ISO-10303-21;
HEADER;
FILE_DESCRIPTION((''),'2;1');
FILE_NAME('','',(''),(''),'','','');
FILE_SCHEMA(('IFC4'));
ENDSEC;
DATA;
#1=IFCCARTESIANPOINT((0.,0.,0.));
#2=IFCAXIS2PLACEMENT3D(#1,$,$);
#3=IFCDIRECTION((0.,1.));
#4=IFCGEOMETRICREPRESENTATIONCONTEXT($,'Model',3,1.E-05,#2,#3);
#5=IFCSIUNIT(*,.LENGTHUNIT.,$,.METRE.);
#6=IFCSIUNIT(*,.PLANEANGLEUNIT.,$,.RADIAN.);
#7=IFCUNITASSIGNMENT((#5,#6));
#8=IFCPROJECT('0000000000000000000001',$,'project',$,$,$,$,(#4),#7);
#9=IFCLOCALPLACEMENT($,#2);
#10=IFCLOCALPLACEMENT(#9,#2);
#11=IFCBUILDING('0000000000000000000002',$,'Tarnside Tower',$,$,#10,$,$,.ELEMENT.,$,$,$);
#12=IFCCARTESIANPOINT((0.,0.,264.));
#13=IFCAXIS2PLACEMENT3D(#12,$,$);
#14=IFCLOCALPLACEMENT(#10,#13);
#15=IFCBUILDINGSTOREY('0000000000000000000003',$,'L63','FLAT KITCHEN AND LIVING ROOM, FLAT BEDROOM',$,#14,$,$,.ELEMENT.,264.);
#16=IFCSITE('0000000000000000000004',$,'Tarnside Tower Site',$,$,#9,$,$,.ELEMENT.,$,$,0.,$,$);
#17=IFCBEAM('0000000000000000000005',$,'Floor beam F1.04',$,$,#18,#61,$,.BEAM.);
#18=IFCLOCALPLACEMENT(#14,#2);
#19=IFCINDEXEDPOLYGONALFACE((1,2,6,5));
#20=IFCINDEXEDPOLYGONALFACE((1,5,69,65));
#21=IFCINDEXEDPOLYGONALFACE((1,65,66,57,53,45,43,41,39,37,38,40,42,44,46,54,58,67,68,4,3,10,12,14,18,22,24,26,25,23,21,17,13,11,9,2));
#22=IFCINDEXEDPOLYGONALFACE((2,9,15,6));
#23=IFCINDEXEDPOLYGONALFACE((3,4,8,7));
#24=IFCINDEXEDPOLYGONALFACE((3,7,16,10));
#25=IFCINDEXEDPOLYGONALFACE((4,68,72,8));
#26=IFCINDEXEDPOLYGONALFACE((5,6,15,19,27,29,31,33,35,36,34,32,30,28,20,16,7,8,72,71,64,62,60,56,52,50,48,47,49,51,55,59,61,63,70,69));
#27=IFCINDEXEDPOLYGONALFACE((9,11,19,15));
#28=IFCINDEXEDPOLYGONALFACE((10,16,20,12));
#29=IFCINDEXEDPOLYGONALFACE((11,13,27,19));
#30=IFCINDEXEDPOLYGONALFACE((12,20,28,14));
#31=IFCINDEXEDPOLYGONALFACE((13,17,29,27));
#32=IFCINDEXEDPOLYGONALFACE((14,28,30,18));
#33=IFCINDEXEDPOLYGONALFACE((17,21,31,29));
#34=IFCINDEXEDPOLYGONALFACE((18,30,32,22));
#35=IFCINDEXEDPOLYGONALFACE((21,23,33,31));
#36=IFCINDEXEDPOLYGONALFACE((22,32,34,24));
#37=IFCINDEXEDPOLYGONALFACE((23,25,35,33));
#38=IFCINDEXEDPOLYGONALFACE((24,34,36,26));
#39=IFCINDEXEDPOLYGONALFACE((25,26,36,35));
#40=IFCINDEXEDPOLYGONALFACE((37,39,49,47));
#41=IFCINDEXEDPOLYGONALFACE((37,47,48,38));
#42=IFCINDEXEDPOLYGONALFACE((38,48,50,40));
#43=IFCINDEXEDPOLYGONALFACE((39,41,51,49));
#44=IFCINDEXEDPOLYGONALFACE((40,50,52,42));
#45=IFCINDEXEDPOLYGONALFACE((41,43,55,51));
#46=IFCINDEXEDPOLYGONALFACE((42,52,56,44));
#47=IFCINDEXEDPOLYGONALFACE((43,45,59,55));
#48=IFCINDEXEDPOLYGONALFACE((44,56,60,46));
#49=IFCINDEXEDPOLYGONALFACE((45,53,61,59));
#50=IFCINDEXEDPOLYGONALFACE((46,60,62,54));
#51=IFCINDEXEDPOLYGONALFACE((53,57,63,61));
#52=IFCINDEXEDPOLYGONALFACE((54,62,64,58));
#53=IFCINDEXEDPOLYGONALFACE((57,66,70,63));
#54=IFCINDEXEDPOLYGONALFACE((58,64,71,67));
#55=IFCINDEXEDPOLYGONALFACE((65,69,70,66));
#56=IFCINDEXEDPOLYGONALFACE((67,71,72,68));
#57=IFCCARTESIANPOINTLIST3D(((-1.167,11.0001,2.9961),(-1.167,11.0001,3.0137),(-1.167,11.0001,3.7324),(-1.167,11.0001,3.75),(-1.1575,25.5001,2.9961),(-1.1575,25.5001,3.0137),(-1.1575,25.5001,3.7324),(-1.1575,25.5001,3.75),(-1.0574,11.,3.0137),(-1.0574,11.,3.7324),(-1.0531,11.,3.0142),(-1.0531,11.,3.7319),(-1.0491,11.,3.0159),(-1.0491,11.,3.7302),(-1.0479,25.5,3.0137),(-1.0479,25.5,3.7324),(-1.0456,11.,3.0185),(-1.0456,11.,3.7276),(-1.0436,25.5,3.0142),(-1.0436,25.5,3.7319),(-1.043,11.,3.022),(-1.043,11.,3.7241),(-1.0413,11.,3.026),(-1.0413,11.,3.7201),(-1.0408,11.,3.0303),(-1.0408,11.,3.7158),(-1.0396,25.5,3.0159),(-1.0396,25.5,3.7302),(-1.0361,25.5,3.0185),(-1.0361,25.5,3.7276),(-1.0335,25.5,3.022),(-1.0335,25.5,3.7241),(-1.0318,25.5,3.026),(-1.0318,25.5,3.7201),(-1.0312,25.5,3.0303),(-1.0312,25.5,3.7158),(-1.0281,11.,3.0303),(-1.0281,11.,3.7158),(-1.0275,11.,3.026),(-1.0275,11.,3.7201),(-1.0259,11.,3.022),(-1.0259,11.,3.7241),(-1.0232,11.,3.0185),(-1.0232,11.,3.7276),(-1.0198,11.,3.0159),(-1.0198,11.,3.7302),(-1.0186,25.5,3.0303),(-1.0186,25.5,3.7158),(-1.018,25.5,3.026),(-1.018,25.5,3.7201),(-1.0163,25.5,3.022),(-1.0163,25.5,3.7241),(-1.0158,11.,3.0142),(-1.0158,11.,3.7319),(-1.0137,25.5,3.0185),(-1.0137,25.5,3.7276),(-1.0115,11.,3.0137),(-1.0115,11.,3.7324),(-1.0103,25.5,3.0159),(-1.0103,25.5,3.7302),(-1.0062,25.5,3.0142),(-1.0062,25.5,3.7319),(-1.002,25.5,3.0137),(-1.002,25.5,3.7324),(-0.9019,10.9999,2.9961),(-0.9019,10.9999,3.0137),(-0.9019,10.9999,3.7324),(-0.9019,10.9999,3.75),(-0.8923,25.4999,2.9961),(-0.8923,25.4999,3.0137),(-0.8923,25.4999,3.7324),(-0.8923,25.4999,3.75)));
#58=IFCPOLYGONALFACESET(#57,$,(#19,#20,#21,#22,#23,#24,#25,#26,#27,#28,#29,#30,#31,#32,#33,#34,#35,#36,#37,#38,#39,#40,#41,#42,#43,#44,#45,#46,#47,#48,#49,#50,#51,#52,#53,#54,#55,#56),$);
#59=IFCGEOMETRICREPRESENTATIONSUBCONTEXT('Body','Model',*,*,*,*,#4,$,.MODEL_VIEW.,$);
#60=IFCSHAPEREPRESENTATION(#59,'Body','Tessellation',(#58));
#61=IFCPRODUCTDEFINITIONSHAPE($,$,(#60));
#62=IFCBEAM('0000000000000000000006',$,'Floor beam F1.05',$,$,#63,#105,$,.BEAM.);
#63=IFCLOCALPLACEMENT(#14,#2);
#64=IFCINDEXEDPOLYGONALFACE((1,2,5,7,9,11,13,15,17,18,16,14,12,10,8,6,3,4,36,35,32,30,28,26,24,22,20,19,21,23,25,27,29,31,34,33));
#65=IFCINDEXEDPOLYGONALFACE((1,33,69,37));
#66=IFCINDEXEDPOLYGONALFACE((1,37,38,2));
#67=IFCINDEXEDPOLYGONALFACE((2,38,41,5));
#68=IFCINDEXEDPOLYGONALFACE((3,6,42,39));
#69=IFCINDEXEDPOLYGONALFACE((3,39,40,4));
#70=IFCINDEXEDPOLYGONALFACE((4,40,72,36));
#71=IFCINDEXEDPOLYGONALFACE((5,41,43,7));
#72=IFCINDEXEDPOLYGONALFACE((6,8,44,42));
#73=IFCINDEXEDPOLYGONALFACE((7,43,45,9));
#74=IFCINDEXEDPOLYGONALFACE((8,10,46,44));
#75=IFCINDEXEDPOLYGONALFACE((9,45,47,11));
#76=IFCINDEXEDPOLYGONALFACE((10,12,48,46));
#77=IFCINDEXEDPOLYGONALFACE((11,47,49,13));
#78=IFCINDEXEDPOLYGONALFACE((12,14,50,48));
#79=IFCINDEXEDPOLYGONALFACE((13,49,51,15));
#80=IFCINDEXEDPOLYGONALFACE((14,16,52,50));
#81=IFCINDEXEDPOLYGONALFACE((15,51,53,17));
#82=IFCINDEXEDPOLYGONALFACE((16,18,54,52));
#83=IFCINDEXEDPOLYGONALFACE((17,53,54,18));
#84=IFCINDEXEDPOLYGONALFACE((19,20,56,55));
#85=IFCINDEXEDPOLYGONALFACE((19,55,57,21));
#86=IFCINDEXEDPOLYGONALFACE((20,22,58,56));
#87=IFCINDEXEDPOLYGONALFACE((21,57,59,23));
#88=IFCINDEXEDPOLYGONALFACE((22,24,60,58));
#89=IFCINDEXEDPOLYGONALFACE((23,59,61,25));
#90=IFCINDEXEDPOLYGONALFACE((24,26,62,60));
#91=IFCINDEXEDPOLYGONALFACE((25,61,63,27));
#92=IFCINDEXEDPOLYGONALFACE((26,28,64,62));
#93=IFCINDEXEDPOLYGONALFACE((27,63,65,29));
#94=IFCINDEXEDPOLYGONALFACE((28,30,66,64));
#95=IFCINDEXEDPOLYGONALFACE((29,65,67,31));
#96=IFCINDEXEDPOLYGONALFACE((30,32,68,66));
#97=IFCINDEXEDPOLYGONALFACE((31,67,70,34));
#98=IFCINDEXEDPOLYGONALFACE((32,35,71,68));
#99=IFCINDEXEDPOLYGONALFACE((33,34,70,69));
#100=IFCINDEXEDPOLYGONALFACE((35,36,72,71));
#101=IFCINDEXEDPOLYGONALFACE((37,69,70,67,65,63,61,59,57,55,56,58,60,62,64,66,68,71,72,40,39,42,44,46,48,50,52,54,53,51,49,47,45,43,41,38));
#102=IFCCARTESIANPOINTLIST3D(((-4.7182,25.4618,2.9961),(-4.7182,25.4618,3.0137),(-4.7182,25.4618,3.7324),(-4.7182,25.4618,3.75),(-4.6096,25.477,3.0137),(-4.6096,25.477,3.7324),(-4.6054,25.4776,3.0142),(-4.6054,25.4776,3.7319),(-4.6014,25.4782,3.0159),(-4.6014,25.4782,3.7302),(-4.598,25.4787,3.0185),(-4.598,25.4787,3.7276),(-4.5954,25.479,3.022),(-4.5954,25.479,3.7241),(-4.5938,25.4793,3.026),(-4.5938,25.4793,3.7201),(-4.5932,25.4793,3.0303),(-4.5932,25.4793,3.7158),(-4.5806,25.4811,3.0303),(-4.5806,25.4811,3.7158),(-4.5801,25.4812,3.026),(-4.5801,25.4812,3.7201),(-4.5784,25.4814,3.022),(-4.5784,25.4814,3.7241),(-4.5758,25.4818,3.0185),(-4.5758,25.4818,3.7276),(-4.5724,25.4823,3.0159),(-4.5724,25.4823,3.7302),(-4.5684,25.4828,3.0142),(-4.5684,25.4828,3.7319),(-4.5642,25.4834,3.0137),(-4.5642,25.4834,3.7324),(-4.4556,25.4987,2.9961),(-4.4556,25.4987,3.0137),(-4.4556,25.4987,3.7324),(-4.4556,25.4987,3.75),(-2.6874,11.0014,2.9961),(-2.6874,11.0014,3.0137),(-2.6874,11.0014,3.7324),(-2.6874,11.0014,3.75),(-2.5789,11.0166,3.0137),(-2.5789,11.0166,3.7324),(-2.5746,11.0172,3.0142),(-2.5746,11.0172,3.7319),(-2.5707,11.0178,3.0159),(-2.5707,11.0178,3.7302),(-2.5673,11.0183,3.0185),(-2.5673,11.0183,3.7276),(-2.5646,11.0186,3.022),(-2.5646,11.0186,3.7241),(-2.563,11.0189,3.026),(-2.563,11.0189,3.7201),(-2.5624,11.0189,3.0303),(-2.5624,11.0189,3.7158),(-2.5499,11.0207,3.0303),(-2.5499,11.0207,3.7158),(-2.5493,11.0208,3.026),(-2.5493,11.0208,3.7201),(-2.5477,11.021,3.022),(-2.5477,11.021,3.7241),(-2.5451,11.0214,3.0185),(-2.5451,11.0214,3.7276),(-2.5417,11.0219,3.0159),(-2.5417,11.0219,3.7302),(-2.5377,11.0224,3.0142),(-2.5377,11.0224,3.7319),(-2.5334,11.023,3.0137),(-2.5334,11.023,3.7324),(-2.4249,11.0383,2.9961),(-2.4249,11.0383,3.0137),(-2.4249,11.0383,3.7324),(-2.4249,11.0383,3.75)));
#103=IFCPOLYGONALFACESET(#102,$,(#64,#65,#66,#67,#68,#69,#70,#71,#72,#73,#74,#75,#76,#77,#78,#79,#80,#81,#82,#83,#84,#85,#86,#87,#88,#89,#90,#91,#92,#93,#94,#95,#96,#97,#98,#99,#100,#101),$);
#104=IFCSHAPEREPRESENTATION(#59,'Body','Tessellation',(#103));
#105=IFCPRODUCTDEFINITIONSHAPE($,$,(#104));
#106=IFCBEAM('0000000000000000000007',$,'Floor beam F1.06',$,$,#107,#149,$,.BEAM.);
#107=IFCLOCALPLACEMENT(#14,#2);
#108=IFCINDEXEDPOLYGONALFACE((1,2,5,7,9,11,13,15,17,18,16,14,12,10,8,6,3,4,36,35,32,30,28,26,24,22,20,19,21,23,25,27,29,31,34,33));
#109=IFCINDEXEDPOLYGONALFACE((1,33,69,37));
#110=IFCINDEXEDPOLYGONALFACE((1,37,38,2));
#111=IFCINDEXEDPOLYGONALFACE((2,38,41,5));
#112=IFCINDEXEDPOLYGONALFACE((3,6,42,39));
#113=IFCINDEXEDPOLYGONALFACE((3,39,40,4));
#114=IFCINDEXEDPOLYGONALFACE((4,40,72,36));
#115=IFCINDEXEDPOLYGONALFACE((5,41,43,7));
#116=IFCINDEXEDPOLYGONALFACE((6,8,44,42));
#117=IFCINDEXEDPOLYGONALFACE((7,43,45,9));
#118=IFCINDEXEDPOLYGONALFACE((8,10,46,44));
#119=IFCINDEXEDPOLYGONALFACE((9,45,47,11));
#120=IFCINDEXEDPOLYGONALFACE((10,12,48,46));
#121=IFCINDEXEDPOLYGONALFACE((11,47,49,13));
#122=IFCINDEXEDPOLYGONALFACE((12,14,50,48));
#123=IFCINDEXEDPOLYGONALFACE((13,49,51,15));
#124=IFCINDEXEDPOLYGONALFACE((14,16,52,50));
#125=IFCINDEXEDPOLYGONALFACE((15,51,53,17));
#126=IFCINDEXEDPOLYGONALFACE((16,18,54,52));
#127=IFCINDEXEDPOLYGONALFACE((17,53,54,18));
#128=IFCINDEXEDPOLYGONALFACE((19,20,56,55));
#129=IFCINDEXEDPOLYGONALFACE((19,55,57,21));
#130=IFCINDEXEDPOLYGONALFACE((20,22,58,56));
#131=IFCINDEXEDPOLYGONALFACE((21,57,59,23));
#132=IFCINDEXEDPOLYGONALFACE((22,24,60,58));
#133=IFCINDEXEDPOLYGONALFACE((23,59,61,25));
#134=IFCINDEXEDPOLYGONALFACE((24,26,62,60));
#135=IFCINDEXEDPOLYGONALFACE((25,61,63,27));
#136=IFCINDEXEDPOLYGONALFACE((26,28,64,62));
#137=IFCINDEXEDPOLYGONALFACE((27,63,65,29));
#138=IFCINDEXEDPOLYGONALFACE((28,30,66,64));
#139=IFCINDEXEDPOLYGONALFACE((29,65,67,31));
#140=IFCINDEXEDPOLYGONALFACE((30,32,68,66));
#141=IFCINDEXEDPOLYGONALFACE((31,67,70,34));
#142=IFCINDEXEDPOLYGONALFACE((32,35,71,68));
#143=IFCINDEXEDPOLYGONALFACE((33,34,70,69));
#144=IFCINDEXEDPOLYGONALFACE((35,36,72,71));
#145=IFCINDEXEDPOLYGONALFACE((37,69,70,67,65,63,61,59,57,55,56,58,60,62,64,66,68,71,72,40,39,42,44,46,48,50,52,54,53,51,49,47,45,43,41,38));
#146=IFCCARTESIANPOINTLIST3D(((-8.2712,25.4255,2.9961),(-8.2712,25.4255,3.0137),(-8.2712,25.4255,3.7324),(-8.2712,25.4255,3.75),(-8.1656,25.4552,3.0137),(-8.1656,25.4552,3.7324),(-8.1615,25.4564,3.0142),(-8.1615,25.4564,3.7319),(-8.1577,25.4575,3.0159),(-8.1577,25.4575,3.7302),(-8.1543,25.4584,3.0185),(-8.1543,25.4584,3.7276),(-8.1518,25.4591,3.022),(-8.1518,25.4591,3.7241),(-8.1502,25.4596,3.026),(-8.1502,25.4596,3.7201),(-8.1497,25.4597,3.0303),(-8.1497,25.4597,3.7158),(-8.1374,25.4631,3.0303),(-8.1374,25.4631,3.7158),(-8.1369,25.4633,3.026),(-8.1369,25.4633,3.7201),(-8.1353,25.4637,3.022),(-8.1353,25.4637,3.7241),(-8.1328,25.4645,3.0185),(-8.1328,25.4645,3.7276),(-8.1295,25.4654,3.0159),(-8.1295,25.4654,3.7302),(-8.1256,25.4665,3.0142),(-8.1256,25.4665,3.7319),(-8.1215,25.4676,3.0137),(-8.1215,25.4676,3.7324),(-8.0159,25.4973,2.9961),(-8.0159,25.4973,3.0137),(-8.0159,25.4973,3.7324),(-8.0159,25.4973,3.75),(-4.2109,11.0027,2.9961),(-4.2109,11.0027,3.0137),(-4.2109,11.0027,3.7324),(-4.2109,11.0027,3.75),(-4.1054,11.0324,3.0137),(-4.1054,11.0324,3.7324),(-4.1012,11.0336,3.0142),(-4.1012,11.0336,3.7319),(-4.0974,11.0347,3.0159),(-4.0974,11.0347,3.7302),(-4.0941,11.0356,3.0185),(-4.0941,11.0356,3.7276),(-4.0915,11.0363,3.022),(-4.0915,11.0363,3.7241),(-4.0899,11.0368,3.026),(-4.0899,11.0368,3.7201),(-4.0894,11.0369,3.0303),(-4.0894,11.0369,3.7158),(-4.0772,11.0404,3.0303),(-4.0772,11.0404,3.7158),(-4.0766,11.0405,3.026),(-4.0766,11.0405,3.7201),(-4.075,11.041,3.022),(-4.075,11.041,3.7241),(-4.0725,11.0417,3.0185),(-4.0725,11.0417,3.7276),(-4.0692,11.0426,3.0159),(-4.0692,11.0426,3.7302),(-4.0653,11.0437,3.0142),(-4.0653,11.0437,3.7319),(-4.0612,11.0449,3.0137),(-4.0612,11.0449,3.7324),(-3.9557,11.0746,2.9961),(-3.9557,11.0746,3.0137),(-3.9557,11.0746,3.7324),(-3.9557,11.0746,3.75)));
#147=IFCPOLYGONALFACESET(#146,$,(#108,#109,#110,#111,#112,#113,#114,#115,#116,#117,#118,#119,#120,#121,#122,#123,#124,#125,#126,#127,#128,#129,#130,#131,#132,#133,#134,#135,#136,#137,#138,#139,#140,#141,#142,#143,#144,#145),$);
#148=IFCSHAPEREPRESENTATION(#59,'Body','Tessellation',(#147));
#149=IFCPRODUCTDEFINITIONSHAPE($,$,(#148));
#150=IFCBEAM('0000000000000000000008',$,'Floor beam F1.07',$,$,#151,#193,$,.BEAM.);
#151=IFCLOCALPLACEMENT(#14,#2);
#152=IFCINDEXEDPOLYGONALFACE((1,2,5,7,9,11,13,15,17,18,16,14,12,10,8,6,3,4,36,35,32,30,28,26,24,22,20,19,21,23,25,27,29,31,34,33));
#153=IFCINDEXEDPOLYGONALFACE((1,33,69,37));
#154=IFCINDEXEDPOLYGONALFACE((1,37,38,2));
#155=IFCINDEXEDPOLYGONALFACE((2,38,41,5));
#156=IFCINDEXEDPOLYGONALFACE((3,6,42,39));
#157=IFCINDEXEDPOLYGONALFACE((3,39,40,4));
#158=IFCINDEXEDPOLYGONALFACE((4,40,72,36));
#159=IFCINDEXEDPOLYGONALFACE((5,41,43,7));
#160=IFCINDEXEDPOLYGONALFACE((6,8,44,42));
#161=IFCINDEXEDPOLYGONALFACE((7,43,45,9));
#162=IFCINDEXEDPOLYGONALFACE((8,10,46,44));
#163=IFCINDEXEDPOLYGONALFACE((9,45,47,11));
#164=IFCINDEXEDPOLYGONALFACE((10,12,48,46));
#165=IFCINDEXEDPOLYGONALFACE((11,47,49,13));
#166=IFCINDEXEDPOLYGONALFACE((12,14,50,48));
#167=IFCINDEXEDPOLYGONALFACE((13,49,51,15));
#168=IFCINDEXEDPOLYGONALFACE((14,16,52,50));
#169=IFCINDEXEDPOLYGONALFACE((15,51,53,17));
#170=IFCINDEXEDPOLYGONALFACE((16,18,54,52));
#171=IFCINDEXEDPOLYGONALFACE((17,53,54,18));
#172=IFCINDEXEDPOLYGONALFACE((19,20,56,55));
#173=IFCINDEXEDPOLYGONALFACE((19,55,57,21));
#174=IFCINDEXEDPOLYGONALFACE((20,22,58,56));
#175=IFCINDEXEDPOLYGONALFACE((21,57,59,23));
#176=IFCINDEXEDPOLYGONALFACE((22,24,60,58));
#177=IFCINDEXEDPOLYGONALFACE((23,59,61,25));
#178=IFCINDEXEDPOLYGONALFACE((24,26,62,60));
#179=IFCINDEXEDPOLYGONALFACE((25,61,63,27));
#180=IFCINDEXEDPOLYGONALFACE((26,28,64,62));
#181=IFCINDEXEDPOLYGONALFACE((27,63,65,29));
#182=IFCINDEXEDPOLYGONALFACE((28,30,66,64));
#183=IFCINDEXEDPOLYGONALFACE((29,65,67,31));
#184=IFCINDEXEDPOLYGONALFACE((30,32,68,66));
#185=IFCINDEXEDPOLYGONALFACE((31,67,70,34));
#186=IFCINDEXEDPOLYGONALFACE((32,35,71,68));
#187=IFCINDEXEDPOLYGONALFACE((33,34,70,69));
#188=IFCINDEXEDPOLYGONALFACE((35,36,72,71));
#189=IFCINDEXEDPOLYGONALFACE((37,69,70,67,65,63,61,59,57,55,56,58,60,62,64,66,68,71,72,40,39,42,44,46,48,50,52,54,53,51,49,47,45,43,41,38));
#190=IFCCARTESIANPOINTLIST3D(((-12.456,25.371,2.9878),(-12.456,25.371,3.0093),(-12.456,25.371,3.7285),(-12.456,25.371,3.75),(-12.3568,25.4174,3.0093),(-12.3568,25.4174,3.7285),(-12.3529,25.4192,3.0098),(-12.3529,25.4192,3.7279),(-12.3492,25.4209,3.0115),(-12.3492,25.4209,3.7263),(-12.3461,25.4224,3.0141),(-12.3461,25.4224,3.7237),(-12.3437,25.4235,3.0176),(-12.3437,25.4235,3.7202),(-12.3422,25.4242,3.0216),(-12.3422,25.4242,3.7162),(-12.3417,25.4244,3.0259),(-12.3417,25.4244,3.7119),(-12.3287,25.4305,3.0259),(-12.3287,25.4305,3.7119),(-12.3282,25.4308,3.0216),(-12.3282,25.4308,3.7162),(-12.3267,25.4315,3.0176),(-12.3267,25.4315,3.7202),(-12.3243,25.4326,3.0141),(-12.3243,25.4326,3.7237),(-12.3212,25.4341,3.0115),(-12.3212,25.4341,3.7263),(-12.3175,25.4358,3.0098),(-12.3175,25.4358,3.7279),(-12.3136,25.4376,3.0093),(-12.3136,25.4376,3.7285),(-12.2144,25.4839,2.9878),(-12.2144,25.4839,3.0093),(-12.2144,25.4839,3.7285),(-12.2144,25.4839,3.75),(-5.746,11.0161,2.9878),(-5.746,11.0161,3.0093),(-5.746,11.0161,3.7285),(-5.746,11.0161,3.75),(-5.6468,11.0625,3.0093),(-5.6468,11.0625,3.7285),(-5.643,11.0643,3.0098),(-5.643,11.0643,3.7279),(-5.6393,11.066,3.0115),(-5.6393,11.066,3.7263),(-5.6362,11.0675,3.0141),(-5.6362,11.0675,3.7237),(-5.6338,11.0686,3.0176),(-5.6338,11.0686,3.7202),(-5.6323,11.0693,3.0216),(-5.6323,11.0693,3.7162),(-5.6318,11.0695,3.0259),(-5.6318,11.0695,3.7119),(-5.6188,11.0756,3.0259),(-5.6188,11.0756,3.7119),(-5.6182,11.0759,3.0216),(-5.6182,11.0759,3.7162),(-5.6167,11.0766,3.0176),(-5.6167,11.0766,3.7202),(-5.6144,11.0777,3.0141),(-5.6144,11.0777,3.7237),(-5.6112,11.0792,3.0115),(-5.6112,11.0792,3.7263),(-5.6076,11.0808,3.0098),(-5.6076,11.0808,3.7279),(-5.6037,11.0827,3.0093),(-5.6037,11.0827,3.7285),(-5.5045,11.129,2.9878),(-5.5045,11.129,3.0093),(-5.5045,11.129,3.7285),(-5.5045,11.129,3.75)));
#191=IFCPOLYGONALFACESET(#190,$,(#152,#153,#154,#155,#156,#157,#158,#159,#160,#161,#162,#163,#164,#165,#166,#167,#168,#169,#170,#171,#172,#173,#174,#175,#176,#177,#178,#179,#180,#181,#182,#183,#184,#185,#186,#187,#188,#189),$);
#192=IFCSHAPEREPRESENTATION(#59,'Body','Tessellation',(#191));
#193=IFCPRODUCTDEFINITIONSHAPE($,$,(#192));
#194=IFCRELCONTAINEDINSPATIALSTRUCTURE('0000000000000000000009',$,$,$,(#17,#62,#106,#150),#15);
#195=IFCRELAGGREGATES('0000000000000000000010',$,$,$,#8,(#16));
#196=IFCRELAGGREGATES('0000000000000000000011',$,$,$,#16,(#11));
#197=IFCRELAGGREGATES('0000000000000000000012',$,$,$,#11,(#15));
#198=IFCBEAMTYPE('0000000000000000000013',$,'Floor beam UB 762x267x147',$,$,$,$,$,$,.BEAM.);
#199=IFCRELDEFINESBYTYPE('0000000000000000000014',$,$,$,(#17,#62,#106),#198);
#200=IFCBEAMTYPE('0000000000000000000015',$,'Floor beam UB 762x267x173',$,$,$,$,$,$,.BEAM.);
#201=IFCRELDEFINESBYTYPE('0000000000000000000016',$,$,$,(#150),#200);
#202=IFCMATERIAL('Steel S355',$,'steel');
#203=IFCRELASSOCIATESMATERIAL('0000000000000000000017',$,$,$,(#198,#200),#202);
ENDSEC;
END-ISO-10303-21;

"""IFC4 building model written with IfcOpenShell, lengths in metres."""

from ifc_helpers import new_model, si_unit, direction, frame, origin, origin_2d, place, context, subcontext, project, spatial, i_section, extrude, material, material_profile, profile_set, type_object, element, save


model = new_model("IFC4")

# Units and contexts
model_context = context("Model", 3, precision=1e-05, world=origin(), true_north=direction((0.0, 1.0)))
body_context = subcontext(model_context, "Body", "Model", "MODEL_VIEW")
ifc_project = project(units=[si_unit("LENGTHUNIT", "METRE"), si_unit("PLANEANGLEUNIT", "RADIAN")], contexts=[model_context])

# Site, building, storey
site_placement = place(None, origin())
site = spatial("IfcSite", under=ifc_project, at=site_placement, Name="Tarnside Tower Site", CompositionType="ELEMENT", RefElevation=0.0)
building_placement = place(site_placement, origin())
building = spatial("IfcBuilding", under=site, at=building_placement, Name="Tarnside Tower", CompositionType="ELEMENT")
storey_placement = place(building_placement, frame((0.0, 0.0, 264.0)))
storey = spatial("IfcBuildingStorey", under=building, at=storey_placement, Name="L63", Description="FLAT KITCHEN AND LIVING ROOM, FLAT BEDROOM", CompositionType="ELEMENT", Elevation=264.0)

# Beams
ifc_material_1 = material(Name="Steel S355", Category="steel")
ifc_material_profile_1 = material_profile(ifc_material_1, i_section(OverallWidth=0.2651, OverallDepth=0.7539, WebThickness=0.0127, FlangeThickness=0.0176, FilletRadius=0.0166, at=origin_2d()), Name="UB 762x267x147")
ifc_profile_set_1 = profile_set([ifc_material_profile_1], Name="Steel S355")
beam_type_1 = type_object("IfcBeamType", Name="Floor beam UB 762x267x147", PredefinedType="BEAM", material=ifc_profile_set_1)
beam_1_placement = place(storey_placement, frame((-1.0249, 25.5, 3.373), z_axis=(-0.000657, -1.0, 0.0), x_axis=(1.0, -0.000657, 0.0)))
element("IfcBeam", 1, at=beam_1_placement, inside=storey, type_object=beam_type_1, Name="Floor beam F1.04", PredefinedType="BEAM", context=body_context, shape_type="SweptSolid", body=[
    extrude(i_section(OverallWidth=0.2651, OverallDepth=0.7539, WebThickness=0.0127, FlangeThickness=0.0176, FilletRadius=0.0166, at=origin_2d()), origin(), (0.0, 0.0, 1.0), 14.5),
])
beam_2_placement = place(storey_placement, frame((-4.5869, 25.4802, 3.373), z_axis=(0.139071, -0.990282, 0.0), x_axis=(0.990282, 0.139071, 0.0)))
element("IfcBeam", 2, at=beam_2_placement, inside=storey, type_object=beam_type_1, Name="Floor beam F1.05", PredefinedType="BEAM", context=body_context, shape_type="SweptSolid", body=[
    extrude(i_section(OverallWidth=0.2651, OverallDepth=0.7539, WebThickness=0.0127, FlangeThickness=0.0176, FilletRadius=0.0166, at=origin_2d()), origin(), (0.0, 0.0, 1.0), 14.6023),
])
beam_3_placement = place(storey_placement, frame((-8.1436, 25.4614, 3.373), z_axis=(0.270985, -0.962583, 0.0), x_axis=(0.962583, 0.270985, 0.0)))
element("IfcBeam", 3, at=beam_3_placement, inside=storey, type_object=beam_type_1, Name="Floor beam F1.06", PredefinedType="BEAM", context=body_context, shape_type="SweptSolid", body=[
    extrude(i_section(OverallWidth=0.2651, OverallDepth=0.7539, WebThickness=0.0127, FlangeThickness=0.0176, FilletRadius=0.0166, at=origin_2d()), origin(), (0.0, 0.0, 1.0), 14.9834),
])
ifc_material_profile_2 = material_profile(ifc_material_1, i_section(OverallWidth=0.2666, OverallDepth=0.7622, WebThickness=0.0144, FlangeThickness=0.0215, FilletRadius=0.0166, at=origin_2d()), Name="UB 762x267x173")
ifc_profile_set_2 = profile_set([ifc_material_profile_2], Name="Steel S355")
beam_type_2 = type_object("IfcBeamType", Name="Floor beam UB 762x267x173", PredefinedType="BEAM", material=ifc_profile_set_2)
beam_4_placement = place(storey_placement, frame((-12.3352, 25.4275, 3.3689), z_axis=(0.423454, -0.905918, 0.0), x_axis=(0.905918, 0.423454, 0.0)))
element("IfcBeam", 4, at=beam_4_placement, inside=storey, type_object=beam_type_2, Name="Floor beam F1.07", PredefinedType="BEAM", context=body_context, shape_type="SweptSolid", body=[
    extrude(i_section(OverallWidth=0.2666, OverallDepth=0.7622, WebThickness=0.0144, FlangeThickness=0.0215, FilletRadius=0.0166, at=origin_2d()), origin(), (0.0, 0.0, 1.0), 15.8457),
])

save(model, "model.ifc")
